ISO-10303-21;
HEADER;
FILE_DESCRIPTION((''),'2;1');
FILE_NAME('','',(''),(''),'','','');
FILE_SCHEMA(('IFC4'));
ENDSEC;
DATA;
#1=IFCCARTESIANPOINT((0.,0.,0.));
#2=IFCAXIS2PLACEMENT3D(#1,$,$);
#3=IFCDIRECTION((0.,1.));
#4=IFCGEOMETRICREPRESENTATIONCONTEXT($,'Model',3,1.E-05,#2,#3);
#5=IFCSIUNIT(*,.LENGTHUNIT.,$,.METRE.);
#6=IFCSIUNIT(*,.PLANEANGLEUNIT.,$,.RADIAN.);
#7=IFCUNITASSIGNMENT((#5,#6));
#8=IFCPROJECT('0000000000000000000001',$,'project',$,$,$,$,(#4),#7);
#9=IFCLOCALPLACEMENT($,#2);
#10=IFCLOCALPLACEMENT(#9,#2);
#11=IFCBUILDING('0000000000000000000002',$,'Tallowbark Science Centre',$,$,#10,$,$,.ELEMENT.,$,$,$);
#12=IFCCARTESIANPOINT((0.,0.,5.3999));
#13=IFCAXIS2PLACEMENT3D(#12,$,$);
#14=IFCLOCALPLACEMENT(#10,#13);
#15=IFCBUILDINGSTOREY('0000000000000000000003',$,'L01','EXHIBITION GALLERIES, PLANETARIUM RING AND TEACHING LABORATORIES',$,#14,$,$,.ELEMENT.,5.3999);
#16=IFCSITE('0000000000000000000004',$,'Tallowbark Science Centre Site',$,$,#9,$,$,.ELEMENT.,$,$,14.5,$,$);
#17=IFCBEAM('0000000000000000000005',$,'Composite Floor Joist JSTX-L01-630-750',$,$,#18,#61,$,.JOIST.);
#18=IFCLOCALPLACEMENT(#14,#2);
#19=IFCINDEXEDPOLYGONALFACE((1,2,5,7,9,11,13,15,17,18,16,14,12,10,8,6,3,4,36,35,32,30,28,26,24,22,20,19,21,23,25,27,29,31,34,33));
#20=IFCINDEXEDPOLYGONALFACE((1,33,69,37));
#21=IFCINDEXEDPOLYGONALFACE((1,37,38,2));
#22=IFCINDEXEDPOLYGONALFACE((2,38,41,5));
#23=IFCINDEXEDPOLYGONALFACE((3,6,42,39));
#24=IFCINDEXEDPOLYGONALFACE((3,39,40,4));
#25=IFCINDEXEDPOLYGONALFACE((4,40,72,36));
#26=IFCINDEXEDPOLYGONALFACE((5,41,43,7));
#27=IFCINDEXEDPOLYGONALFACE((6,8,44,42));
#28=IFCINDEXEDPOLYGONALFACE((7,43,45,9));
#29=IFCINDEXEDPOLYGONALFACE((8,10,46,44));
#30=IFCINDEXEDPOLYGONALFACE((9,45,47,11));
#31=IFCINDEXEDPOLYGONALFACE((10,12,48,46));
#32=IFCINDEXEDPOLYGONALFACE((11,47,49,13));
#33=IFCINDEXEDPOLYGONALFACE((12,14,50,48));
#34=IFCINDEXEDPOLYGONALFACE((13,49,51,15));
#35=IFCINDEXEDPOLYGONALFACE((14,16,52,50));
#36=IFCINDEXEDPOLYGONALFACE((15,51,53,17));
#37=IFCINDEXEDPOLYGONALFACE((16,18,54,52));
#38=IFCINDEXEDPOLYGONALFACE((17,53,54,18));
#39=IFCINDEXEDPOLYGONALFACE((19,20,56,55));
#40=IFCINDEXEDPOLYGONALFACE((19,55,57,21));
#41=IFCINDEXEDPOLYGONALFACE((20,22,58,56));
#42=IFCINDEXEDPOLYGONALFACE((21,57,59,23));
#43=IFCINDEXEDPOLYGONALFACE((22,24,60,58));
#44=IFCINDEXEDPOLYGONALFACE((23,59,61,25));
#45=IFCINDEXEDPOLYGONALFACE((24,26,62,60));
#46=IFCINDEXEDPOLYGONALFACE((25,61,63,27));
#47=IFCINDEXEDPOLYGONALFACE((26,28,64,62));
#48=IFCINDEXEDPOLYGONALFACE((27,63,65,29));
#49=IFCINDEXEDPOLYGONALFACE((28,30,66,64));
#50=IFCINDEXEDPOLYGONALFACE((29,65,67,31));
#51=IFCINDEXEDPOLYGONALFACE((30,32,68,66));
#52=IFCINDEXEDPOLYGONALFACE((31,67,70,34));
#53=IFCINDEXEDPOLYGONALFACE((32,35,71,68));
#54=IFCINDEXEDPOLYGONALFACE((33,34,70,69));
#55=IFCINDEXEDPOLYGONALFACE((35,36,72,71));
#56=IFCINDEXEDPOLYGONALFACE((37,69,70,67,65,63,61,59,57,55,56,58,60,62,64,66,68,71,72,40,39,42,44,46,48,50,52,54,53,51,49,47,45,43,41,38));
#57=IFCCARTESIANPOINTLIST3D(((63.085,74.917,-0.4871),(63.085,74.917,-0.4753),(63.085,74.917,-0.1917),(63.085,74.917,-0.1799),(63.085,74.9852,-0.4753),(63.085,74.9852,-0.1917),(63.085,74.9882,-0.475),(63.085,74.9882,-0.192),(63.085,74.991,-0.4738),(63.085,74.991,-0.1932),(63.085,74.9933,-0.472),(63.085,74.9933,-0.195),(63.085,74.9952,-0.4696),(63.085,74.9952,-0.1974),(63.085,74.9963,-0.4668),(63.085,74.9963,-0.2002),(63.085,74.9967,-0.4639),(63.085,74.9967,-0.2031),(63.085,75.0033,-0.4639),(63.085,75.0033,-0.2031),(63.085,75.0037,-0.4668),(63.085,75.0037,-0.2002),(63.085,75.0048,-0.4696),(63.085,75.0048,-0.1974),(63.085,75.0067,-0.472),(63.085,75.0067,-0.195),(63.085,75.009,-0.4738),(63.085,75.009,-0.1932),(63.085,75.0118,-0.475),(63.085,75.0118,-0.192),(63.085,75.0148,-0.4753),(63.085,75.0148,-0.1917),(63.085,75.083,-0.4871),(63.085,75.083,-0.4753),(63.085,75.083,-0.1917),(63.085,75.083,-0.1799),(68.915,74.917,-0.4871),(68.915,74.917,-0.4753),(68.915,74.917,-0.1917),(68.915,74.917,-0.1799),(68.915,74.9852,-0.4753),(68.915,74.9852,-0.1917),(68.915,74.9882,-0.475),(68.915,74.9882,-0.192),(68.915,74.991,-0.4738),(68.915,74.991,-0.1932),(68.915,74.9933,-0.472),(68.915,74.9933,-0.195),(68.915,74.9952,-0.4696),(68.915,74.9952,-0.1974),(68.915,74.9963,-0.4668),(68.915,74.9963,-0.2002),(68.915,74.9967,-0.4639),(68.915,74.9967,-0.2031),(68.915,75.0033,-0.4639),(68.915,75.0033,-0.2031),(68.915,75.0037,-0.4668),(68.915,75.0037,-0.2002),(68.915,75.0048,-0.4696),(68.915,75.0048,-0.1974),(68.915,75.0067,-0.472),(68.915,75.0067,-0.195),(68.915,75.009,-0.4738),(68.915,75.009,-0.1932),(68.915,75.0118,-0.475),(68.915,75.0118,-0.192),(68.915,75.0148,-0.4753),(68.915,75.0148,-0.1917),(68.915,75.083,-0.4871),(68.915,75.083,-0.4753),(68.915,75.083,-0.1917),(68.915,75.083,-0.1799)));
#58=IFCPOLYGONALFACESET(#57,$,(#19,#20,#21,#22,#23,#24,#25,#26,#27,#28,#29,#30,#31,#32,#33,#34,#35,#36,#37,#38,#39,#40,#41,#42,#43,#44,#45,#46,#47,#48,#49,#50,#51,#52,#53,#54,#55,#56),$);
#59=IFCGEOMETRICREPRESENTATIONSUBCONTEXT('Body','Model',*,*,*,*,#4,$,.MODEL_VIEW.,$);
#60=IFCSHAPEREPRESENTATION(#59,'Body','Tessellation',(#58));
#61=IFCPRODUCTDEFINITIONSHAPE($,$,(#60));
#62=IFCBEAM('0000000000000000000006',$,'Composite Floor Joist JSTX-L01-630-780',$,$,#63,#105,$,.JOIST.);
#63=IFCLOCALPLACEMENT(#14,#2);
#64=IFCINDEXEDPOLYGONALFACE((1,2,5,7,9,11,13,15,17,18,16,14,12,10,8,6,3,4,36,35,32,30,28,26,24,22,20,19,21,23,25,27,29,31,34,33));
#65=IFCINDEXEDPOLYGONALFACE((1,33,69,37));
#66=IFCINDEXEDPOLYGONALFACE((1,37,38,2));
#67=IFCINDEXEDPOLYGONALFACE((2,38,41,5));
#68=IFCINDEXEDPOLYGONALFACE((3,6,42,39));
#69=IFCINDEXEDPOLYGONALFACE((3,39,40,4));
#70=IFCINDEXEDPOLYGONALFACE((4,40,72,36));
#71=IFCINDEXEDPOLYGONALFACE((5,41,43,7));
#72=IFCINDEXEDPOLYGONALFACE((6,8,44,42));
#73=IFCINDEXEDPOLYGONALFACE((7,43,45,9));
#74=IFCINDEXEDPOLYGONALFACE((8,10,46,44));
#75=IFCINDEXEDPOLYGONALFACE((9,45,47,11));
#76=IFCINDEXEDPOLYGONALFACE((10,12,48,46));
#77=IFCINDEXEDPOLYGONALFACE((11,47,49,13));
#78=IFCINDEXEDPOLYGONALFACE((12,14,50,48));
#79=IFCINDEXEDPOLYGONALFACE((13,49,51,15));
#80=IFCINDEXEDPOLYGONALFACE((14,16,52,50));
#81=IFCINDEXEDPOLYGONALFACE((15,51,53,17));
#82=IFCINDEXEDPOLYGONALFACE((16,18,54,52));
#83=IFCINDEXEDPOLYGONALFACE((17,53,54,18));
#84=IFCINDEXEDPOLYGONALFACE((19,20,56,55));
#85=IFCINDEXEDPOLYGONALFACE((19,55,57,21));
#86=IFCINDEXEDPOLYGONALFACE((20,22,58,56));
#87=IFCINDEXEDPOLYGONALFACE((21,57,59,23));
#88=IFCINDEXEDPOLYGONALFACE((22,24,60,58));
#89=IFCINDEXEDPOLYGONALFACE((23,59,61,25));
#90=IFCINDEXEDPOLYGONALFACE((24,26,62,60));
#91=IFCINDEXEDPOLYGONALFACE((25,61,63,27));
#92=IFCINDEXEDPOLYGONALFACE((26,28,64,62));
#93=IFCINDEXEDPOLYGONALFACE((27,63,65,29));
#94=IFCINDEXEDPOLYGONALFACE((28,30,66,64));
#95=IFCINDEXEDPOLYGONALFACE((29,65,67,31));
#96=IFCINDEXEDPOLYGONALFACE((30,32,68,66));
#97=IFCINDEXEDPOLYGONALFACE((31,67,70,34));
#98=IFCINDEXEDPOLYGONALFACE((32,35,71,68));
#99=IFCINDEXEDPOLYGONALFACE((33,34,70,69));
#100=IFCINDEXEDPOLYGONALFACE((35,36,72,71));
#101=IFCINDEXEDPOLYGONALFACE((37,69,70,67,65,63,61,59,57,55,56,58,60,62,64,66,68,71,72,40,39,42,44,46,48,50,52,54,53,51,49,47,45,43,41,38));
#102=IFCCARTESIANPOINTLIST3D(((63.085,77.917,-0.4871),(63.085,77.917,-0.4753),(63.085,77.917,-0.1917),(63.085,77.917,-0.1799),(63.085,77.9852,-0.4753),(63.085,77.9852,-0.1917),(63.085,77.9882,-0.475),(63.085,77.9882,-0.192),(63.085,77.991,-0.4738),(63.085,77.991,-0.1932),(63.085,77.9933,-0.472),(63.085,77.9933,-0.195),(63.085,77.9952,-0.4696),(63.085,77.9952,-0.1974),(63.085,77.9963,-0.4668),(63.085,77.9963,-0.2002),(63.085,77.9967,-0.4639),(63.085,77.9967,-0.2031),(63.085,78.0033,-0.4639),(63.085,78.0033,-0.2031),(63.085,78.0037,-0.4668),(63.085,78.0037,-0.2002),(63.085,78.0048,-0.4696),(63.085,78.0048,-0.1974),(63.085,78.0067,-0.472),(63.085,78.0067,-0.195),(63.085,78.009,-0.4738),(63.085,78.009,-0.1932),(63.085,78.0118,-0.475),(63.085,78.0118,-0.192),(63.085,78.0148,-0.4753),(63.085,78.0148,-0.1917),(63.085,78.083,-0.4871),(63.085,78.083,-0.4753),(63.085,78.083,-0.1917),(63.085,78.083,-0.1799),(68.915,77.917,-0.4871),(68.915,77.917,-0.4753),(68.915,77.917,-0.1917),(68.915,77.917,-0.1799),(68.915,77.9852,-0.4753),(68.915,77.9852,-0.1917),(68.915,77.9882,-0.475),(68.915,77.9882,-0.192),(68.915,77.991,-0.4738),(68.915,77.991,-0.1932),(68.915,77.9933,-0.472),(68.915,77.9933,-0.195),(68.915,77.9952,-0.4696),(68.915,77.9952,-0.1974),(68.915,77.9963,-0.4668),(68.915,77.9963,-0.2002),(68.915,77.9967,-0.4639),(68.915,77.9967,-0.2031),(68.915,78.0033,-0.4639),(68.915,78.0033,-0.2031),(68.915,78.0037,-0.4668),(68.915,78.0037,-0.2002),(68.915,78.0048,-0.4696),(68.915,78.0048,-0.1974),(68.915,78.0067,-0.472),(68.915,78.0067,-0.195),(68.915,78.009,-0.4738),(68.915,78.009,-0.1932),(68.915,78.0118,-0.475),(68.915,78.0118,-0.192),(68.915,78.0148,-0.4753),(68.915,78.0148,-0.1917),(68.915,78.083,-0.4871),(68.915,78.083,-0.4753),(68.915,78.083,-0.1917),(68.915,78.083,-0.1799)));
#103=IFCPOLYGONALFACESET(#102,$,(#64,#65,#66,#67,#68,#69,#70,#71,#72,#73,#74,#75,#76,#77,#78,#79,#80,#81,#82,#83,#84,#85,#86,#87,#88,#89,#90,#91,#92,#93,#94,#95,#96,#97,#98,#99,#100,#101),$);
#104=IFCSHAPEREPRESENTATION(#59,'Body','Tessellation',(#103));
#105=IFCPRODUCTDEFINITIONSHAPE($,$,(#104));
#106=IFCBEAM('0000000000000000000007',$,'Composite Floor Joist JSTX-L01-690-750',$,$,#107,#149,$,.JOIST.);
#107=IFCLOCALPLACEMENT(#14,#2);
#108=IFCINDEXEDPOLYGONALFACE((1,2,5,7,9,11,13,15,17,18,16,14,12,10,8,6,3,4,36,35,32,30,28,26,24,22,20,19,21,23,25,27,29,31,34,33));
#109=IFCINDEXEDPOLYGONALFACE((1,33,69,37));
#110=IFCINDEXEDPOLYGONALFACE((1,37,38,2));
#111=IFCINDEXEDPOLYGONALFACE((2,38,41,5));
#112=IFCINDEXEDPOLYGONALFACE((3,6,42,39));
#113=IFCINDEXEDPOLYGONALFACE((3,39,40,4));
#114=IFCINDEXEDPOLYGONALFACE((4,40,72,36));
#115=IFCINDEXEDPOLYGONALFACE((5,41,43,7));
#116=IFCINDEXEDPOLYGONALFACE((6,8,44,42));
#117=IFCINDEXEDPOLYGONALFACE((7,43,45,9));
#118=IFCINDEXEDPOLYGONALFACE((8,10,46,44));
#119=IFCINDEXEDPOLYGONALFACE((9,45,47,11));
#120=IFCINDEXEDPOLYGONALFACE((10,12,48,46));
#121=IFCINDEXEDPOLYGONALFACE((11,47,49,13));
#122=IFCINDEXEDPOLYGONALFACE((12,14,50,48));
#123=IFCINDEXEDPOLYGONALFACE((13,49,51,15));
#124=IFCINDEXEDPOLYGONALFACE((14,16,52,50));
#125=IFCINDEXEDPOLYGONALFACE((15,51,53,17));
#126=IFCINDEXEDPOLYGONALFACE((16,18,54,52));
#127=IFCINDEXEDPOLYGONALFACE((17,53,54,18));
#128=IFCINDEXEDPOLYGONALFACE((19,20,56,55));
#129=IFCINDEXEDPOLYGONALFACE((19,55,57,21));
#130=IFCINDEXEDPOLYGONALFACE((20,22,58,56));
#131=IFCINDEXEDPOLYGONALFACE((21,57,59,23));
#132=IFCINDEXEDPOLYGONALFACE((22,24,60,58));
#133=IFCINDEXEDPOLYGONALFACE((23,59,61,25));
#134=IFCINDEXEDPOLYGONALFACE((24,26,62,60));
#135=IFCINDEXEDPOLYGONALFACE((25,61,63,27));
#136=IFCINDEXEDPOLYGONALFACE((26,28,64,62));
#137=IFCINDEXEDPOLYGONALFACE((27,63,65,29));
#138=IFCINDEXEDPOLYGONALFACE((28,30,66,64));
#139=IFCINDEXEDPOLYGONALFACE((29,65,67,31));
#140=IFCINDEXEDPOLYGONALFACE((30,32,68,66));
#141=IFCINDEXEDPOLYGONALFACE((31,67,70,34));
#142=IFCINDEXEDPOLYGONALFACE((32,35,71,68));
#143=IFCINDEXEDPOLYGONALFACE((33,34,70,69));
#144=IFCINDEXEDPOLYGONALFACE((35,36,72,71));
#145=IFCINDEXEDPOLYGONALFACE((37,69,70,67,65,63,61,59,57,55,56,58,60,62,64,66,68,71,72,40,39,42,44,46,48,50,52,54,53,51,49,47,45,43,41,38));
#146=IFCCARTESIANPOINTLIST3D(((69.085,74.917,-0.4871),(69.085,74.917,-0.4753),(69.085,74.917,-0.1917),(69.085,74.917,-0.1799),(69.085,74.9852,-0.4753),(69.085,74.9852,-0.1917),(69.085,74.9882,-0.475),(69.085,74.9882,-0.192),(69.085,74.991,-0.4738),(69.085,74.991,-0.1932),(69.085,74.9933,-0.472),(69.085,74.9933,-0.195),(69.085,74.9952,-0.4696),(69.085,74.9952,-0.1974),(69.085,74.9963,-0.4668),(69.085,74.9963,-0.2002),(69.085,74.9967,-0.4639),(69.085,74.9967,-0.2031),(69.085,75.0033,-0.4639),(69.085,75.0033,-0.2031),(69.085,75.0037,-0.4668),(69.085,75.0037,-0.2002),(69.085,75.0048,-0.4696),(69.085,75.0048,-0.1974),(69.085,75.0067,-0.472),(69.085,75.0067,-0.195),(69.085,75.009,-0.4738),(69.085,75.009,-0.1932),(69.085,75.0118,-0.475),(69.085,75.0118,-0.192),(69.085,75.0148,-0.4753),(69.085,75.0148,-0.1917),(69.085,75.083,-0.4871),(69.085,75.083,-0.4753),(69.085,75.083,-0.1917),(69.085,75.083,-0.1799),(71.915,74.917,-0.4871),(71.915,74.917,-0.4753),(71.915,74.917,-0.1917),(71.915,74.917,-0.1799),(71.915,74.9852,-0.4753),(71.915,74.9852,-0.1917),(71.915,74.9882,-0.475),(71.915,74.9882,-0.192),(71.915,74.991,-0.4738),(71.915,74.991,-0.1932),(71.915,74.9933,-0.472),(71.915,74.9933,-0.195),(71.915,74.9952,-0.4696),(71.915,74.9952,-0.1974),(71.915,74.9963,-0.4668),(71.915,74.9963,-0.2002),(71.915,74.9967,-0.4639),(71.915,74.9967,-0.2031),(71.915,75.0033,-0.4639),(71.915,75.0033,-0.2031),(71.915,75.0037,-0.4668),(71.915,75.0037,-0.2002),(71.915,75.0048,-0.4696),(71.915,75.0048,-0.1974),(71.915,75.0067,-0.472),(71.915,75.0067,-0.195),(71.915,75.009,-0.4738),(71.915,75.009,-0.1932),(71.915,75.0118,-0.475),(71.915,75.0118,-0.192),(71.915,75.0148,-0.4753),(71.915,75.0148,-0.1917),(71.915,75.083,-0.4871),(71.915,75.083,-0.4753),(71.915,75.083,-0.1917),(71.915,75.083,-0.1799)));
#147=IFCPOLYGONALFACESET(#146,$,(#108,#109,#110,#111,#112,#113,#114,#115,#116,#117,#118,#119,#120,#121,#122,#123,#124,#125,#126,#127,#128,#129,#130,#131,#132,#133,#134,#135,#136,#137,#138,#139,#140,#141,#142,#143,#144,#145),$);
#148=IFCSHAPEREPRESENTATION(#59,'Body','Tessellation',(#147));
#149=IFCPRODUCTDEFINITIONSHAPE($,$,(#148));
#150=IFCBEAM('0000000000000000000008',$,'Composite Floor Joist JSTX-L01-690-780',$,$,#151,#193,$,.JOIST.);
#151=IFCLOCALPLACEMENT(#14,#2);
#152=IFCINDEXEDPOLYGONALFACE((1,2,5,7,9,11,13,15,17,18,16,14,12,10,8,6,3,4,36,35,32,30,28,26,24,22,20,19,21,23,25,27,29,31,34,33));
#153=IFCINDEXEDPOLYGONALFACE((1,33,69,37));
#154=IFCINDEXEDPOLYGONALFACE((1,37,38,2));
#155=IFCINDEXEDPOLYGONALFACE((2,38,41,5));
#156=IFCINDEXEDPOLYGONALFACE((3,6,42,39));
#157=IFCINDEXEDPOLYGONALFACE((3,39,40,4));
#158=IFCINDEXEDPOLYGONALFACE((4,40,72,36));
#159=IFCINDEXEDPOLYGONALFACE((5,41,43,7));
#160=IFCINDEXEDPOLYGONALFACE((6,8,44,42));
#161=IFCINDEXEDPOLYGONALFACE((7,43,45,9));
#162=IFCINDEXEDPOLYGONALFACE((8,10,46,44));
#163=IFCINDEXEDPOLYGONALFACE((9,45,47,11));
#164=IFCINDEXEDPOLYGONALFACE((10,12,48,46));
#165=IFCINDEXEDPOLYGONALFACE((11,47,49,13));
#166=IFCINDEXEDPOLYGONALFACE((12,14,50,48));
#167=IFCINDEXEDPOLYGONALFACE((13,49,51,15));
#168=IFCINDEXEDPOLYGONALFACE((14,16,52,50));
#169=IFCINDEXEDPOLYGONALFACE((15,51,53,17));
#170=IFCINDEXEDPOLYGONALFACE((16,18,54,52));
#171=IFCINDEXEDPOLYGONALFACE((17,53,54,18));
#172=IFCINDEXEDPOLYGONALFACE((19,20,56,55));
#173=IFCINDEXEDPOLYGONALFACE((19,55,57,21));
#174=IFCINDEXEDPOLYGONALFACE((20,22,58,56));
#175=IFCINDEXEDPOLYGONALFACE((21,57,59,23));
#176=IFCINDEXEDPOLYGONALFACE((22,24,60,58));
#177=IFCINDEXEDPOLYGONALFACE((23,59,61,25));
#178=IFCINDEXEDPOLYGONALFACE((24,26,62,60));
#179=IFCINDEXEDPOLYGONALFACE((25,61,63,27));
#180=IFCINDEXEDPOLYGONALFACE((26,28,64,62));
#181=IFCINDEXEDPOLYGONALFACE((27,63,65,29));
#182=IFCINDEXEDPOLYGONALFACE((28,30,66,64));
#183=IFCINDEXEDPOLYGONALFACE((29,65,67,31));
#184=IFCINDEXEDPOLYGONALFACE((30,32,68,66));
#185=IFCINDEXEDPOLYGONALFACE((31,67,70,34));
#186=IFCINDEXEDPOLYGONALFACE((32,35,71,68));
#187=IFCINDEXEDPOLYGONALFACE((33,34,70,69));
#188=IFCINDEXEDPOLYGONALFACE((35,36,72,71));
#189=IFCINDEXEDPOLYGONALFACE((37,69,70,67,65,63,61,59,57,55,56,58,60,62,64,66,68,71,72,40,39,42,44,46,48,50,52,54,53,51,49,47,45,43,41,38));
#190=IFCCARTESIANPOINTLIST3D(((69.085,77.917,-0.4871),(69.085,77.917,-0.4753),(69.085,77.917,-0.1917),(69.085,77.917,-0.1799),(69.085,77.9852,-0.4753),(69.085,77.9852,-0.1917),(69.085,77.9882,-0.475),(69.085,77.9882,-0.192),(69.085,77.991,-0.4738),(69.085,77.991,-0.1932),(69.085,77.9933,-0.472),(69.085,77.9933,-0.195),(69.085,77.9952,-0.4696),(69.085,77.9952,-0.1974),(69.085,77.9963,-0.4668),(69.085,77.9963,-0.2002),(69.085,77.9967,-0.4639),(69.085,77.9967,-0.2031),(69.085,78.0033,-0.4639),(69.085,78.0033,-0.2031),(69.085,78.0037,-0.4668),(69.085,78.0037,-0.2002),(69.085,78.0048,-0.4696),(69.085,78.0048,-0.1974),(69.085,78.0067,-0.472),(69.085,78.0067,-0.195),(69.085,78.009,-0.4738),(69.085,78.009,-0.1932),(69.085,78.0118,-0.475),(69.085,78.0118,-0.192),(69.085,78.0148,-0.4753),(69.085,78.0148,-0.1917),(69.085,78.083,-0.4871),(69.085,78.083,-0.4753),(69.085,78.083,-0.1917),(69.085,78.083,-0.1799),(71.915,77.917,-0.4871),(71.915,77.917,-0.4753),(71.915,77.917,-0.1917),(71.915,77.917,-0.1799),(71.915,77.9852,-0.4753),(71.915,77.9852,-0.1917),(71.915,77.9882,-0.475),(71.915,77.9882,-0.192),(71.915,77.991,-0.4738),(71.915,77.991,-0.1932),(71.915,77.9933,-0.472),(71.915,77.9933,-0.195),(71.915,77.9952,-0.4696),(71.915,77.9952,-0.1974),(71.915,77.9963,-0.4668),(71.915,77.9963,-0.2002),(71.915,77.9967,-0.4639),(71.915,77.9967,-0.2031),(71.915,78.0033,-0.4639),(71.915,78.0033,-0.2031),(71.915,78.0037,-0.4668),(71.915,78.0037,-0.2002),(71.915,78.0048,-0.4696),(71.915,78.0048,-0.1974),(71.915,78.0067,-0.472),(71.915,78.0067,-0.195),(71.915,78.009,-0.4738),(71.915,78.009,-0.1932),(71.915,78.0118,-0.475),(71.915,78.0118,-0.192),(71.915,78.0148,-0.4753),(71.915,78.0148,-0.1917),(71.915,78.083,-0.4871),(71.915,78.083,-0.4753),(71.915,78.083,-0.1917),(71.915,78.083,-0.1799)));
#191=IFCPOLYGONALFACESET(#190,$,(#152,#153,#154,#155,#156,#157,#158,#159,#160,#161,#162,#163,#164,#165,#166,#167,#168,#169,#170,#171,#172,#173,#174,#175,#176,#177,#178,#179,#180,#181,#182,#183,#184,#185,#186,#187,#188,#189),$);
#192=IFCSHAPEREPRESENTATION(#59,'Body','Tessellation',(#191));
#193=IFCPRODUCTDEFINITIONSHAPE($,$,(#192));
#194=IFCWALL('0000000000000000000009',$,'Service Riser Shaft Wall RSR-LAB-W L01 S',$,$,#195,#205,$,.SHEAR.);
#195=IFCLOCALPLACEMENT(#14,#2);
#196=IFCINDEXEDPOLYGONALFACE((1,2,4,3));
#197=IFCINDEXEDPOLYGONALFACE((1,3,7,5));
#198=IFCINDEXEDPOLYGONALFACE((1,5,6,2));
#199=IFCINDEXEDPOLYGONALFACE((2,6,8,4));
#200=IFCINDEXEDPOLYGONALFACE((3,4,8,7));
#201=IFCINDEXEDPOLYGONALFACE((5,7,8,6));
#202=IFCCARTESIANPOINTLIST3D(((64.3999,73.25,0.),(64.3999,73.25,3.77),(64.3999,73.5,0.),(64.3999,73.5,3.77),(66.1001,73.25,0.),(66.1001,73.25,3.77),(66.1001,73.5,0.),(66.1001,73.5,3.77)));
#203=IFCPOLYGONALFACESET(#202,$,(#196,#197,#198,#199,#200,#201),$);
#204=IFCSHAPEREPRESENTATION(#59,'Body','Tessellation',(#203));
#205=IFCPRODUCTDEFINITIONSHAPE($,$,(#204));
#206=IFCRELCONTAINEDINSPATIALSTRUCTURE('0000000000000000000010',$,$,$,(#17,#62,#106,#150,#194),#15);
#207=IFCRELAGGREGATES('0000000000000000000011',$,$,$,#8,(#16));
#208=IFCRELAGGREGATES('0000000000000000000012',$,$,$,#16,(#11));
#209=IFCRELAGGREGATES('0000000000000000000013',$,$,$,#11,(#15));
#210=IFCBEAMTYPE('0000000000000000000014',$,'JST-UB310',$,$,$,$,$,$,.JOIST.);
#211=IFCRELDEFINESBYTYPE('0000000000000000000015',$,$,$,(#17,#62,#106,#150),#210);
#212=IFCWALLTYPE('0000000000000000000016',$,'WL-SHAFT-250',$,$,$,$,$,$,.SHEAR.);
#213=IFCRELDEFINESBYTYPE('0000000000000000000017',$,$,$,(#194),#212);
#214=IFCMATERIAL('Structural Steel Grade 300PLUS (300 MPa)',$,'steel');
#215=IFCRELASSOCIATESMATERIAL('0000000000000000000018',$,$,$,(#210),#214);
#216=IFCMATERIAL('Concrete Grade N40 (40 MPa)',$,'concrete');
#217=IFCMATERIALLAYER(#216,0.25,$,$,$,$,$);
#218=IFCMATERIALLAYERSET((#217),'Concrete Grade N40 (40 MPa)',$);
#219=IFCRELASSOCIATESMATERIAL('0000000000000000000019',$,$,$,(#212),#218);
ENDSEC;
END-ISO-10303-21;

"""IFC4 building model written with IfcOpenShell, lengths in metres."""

from ifc_helpers import new_model, si_unit, direction, frame, frame_2d, origin, origin_2d, place, context, subcontext, project, spatial, rectangle, i_section, extrude, material, layer, layer_set, material_profile, profile_set, type_object, element, save


model = new_model("IFC4")

# Units and contexts
model_context = context("Model", 3, precision=1e-05, world=origin(), true_north=direction((0.0, 1.0)))
body_context = subcontext(model_context, "Body", "Model", "MODEL_VIEW")
ifc_project = project(units=[si_unit("LENGTHUNIT", "METRE"), si_unit("PLANEANGLEUNIT", "RADIAN")], contexts=[model_context])

# Site, building, storey
site_placement = place(None, origin())
site = spatial("IfcSite", under=ifc_project, at=site_placement, Name="Tallowbark Science Centre Site", CompositionType="ELEMENT", RefElevation=14.5)
building_placement = place(site_placement, origin())
building = spatial("IfcBuilding", under=site, at=building_placement, Name="Tallowbark Science Centre", CompositionType="ELEMENT")
storey_placement = place(building_placement, frame((0.0, 0.0, 5.3999)))
storey = spatial("IfcBuildingStorey", under=building, at=storey_placement, Name="L01", Description="EXHIBITION GALLERIES, PLANETARIUM RING AND TEACHING LABORATORIES", CompositionType="ELEMENT", Elevation=5.3999)

# Shared definitions
ifc_material_1 = material(Name="Structural Steel Grade 300PLUS (300 MPa)", Category="steel")

# Beams
ifc_material_profile_1 = material_profile(ifc_material_1, i_section(OverallWidth=0.166, OverallDepth=0.3071, WebThickness=0.0066, FlangeThickness=0.0117, FilletRadius=0.0115, at=origin_2d()), Name="310UB46.2")
ifc_profile_set_1 = profile_set([ifc_material_profile_1], Name="Structural Steel Grade 300PLUS (300 MPa)")
beam_type_1 = type_object("IfcBeamType", Name="JST-UB310", PredefinedType="JOIST", material=ifc_profile_set_1)
for number, where, z_axis, x_axis, name in (
    (1, (63.085, 75.0, -0.3335), (1.0, 0.0, 0.0), (0.0, 1.0, 0.0), "Composite Floor Joist JSTX-L01-630-750"),
    (2, (63.085, 78.0, -0.3335), (1.0, 0.0, 0.0), (0.0, 1.0, 0.0), "Composite Floor Joist JSTX-L01-630-780"),
):
    element("IfcBeam", number, at=place(storey_placement, frame(where, z_axis=z_axis, x_axis=x_axis)), inside=storey, type_object=beam_type_1, Name=name, PredefinedType="JOIST", context=body_context, shape_type="SweptSolid", body=[
        extrude(i_section(OverallWidth=0.166, OverallDepth=0.3071, WebThickness=0.0066, FlangeThickness=0.0117, FilletRadius=0.0115, at=origin_2d()), origin(), (0.0, 0.0, 1.0), 5.8301),
    ])
for number, where, z_axis, x_axis, name in (
    (3, (69.085, 75.0, -0.3335), (1.0, 0.0, 0.0), (0.0, 1.0, 0.0), "Composite Floor Joist JSTX-L01-690-750"),
    (4, (69.085, 78.0, -0.3335), (1.0, 0.0, 0.0), (0.0, 1.0, 0.0), "Composite Floor Joist JSTX-L01-690-780"),
):
    element("IfcBeam", number, at=place(storey_placement, frame(where, z_axis=z_axis, x_axis=x_axis)), inside=storey, type_object=beam_type_1, Name=name, PredefinedType="JOIST", context=body_context, shape_type="SweptSolid", body=[
        extrude(i_section(OverallWidth=0.166, OverallDepth=0.3071, WebThickness=0.0066, FlangeThickness=0.0117, FilletRadius=0.0115, at=origin_2d()), origin(), (0.0, 0.0, 1.0), 2.8301),
    ])

# Wall
ifc_material_2 = material(Name="Concrete Grade N40 (40 MPa)", Category="concrete")
ifc_layer_1 = layer(ifc_material_2, 0.25)
ifc_layer_set_1 = layer_set([ifc_layer_1], Name="Concrete Grade N40 (40 MPa)")
wall_type = type_object("IfcWallType", Name="WL-SHAFT-250", PredefinedType="SHEAR", material=ifc_layer_set_1)
for number, where, z_axis, x_axis, name in (
    (5, (64.3999, 73.375, 0.0), (0.0, 0.0, 1.0), (1.0, 0.0, 0.0), "Service Riser Shaft Wall RSR-LAB-W L01 S"),
):
    element("IfcWall", number, at=place(storey_placement, frame(where, z_axis=z_axis, x_axis=x_axis)), inside=storey, type_object=wall_type, Name=name, PredefinedType="SHEAR", context=body_context, shape_type="SweptSolid", body=[
        extrude(rectangle(XDim=1.7002, YDim=0.25, at=frame_2d((0.8501, 0.0))), origin(), (0.0, 0.0, 1.0), 3.77),
    ])

save(model, "model.ifc")
